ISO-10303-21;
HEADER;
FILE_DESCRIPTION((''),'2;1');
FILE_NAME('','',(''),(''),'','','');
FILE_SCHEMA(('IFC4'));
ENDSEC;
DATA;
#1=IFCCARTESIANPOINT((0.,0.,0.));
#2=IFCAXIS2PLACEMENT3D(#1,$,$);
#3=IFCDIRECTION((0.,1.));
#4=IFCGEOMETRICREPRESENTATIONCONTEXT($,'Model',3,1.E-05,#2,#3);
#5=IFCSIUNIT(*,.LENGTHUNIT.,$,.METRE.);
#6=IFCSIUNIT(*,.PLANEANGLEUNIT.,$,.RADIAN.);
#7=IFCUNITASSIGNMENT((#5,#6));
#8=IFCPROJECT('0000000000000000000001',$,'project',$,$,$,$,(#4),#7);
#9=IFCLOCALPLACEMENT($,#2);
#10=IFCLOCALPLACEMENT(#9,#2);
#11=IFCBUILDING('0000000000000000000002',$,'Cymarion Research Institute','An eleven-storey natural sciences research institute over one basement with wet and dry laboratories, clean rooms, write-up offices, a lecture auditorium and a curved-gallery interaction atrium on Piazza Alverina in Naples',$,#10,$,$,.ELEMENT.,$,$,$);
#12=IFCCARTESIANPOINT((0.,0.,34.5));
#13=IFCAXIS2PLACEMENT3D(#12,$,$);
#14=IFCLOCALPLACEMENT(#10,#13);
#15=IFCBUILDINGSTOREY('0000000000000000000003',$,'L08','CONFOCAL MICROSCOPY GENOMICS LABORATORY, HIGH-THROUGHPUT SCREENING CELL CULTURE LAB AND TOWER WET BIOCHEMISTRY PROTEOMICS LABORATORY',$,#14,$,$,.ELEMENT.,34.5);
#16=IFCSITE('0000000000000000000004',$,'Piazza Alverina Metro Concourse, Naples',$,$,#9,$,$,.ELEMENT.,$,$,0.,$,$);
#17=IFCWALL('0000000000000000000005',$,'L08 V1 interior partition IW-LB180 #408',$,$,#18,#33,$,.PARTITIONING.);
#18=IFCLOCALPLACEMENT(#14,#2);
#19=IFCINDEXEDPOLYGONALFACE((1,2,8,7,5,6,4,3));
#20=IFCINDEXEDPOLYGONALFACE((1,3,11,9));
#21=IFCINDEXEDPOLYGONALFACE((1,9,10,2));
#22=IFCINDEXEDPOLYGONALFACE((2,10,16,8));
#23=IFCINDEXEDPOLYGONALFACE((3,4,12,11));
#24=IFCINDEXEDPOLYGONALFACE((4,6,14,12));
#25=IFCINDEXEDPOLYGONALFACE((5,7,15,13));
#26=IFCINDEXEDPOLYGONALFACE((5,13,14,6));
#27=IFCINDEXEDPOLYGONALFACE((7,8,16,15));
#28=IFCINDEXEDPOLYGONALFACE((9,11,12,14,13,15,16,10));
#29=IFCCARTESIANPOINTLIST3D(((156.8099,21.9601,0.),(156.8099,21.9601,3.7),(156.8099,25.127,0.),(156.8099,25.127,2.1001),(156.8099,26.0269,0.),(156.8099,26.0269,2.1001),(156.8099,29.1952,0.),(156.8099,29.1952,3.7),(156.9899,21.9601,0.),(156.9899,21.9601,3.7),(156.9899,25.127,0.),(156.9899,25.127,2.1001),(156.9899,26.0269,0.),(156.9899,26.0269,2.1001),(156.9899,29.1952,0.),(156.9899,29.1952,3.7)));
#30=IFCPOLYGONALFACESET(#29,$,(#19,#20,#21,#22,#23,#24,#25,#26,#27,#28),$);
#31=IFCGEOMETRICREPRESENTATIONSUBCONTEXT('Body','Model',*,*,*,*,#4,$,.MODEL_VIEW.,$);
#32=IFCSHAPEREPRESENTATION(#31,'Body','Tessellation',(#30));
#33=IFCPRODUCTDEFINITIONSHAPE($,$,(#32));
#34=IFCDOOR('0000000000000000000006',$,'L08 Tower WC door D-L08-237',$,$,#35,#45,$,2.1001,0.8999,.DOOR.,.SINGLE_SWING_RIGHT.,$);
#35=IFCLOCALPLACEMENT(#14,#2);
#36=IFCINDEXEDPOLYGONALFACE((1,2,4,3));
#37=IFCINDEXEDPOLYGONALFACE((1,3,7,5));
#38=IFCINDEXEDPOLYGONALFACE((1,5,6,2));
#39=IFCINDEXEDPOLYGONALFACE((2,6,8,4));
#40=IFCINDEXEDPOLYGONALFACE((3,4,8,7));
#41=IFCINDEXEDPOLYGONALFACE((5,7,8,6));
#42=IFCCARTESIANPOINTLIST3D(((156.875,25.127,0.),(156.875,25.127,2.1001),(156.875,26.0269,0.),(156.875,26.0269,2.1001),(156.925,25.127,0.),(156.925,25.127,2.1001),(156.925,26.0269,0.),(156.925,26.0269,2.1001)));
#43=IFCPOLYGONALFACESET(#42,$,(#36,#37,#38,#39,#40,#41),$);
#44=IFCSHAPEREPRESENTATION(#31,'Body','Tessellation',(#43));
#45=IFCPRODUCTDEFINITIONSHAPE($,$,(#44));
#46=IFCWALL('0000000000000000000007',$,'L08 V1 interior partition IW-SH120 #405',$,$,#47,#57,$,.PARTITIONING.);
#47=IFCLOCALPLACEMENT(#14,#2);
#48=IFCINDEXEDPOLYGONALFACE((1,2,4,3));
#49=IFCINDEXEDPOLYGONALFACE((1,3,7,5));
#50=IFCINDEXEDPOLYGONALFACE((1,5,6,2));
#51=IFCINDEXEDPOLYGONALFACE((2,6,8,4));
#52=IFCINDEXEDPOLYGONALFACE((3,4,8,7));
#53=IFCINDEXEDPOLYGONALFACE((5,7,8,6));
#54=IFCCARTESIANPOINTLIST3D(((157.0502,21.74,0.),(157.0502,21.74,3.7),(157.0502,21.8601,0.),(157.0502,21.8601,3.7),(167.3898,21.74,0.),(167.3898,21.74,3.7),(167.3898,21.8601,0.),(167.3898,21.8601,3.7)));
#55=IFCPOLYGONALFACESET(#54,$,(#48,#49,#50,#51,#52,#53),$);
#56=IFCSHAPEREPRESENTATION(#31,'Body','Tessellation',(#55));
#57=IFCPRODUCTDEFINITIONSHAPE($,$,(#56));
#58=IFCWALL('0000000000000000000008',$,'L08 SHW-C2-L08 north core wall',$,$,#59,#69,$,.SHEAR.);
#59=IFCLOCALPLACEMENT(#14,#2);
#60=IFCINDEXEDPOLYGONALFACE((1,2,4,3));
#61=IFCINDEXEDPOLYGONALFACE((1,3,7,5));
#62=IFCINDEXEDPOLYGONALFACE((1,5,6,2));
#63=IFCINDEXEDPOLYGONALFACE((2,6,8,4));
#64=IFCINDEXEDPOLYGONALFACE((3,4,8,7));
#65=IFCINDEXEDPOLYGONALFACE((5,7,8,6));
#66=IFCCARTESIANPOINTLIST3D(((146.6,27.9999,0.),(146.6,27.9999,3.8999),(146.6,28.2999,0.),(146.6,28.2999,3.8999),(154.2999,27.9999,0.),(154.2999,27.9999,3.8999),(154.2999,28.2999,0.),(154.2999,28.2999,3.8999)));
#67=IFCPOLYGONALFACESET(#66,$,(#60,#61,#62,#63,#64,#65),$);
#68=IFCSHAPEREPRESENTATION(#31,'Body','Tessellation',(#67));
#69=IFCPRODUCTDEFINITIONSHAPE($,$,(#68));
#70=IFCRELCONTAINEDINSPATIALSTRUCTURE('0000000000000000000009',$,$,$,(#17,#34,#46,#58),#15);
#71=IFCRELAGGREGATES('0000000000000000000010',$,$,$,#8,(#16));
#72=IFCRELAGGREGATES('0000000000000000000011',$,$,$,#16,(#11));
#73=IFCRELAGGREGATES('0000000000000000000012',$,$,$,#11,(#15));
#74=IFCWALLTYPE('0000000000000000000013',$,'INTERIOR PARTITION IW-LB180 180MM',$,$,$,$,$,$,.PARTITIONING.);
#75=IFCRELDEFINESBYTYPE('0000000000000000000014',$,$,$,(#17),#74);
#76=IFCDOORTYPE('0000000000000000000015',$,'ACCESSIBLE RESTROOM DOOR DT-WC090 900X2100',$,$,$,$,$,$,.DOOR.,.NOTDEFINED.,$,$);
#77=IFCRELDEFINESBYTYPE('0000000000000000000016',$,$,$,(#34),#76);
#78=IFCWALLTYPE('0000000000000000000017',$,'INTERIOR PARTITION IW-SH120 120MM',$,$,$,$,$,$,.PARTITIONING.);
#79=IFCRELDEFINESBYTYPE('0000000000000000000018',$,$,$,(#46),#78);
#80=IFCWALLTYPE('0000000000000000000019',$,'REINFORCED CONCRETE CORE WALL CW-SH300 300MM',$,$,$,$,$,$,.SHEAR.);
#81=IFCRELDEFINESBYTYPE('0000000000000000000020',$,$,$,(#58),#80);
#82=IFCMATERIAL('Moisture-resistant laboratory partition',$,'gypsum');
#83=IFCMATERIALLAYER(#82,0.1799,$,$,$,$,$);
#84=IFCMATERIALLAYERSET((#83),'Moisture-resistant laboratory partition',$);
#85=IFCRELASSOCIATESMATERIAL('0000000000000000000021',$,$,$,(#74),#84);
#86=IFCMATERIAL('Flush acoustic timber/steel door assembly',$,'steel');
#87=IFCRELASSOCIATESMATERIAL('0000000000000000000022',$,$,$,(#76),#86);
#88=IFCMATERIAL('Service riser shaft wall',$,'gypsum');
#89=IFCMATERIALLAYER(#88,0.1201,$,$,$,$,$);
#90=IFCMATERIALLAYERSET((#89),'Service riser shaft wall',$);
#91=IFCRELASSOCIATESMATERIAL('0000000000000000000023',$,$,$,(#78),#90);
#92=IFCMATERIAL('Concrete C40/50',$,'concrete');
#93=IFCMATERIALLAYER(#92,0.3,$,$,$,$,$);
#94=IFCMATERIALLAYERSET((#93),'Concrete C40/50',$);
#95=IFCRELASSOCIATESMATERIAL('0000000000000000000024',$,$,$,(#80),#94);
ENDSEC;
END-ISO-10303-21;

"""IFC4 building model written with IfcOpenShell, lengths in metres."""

from ifc_helpers import new_model, si_unit, direction, frame, frame_2d, origin, place, context, subcontext, project, spatial, rectangle, extrude, material, layer, layer_set, type_object, element, fill, save


model = new_model("IFC4")

# Units and contexts
model_context = context("Model", 3, precision=1e-05, world=origin(), true_north=direction((0.0, 1.0)))
body_context = subcontext(model_context, "Body", "Model", "MODEL_VIEW")
ifc_project = project(units=[si_unit("LENGTHUNIT", "METRE"), si_unit("PLANEANGLEUNIT", "RADIAN")], contexts=[model_context])

# Site, building, storey
site_placement = place(None, origin())
site = spatial("IfcSite", under=ifc_project, at=site_placement, Name="Piazza Alverina Metro Concourse, Naples", CompositionType="ELEMENT", RefElevation=0.0)
building_placement = place(site_placement, origin())
building = spatial("IfcBuilding", under=site, at=building_placement, Name="Cymarion Research Institute", Description="An eleven-storey natural sciences research institute over one basement with wet and dry laboratories, clean rooms, write-up offices, a lecture auditorium and a curved-gallery interaction atrium on Piazza Alverina in Naples", CompositionType="ELEMENT")
storey_placement = place(building_placement, frame((0.0, 0.0, 34.5)))
storey = spatial("IfcBuildingStorey", under=building, at=storey_placement, Name="L08", Description="CONFOCAL MICROSCOPY GENOMICS LABORATORY, HIGH-THROUGHPUT SCREENING CELL CULTURE LAB AND TOWER WET BIOCHEMISTRY PROTEOMICS LABORATORY", CompositionType="ELEMENT", Elevation=34.5)

# Wall, opening, door
ifc_material_1 = material(Name="Moisture-resistant laboratory partition", Category="gypsum")
ifc_layer_1 = layer(ifc_material_1, 0.1799)
ifc_layer_set_1 = layer_set([ifc_layer_1], Name="Moisture-resistant laboratory partition")
wall_type_1 = type_object("IfcWallType", Name="INTERIOR PARTITION IW-LB180 180MM", PredefinedType="PARTITIONING", material=ifc_layer_set_1)
wall_1_placement = place(storey_placement, frame((156.8999, 21.96, 0.0), z_axis=(0.0, 0.0, 1.0), x_axis=(0.0, 1.0, 0.0)))
wall_1 = element("IfcWall", 1, at=wall_1_placement, inside=storey, type_object=wall_type_1, Name="L08 V1 interior partition IW-LB180 #408", PredefinedType="PARTITIONING", context=body_context, shape_type="SweptSolid", body=[
    extrude(rectangle(XDim=7.2351, YDim=0.1799, at=frame_2d((3.6177, 0.0))), origin(), (0.0, 0.0, 1.0), 3.7),
])
opening_1_placement = place(wall_1_placement, frame((3.167, 0.0, 0.0)))
opening_1 = element("IfcOpeningElement", 2, at=opening_1_placement, cuts=wall_1, PredefinedType="OPENING", context=body_context, shape_type="SweptSolid", body=[
    extrude(rectangle(XDim=0.8999, YDim=2.1001, at=frame_2d((0.45, 1.05))), frame((0.0, 0.0999, 0.0), z_axis=(0.0, -1.0, 0.0), x_axis=(1.0, 0.0, 0.0)), (0.0, 0.0, 1.0), 0.2),
])
ifc_material_2 = material(Name="Flush acoustic timber/steel door assembly", Category="steel")
door_type_1 = type_object("IfcDoorType", Name="ACCESSIBLE RESTROOM DOOR DT-WC090 900X2100", OperationType="NOTDEFINED", PredefinedType="DOOR", material=ifc_material_2)
door_1_placement = place(opening_1_placement, origin())
door_1 = element("IfcDoor", 3, at=door_1_placement, inside=storey, type_object=door_type_1, Name="L08 Tower WC door D-L08-237", OperationType="SINGLE_SWING_RIGHT", OverallHeight=2.1001, OverallWidth=0.8999, PredefinedType="DOOR", context=body_context, shape_type="SweptSolid", body=[
    extrude(rectangle(XDim=0.8999, YDim=2.1001, at=frame_2d((0.45, 1.05))), frame((0.0, 0.0249, 0.0), z_axis=(0.0, -1.0, 0.0), x_axis=(1.0, 0.0, 0.0)), (0.0, 0.0, 1.0), 0.05),
])
fill(opening_1, door_1)

# Walls
ifc_material_3 = material(Name="Service riser shaft wall", Category="gypsum")
ifc_layer_2 = layer(ifc_material_3, 0.1201)
ifc_layer_set_2 = layer_set([ifc_layer_2], Name="Service riser shaft wall")
wall_type_2 = type_object("IfcWallType", Name="INTERIOR PARTITION IW-SH120 120MM", PredefinedType="PARTITIONING", material=ifc_layer_set_2)
wall_2_placement = place(storey_placement, frame((157.05, 21.8, 0.0), z_axis=(0.0, 0.0, 1.0), x_axis=(1.0, 0.0, 0.0)))
element("IfcWall", 4, at=wall_2_placement, inside=storey, type_object=wall_type_2, Name="L08 V1 interior partition IW-SH120 #405", PredefinedType="PARTITIONING", context=body_context, shape_type="SweptSolid", body=[
    extrude(rectangle(XDim=10.3396, YDim=0.1201, at=frame_2d((5.1699, 0.0))), origin(), (0.0, 0.0, 1.0), 3.7),
])
ifc_material_4 = material(Name="Concrete C40/50", Category="concrete")
ifc_layer_3 = layer(ifc_material_4, 0.3)
ifc_layer_set_3 = layer_set([ifc_layer_3], Name="Concrete C40/50")
wall_type_3 = type_object("IfcWallType", Name="REINFORCED CONCRETE CORE WALL CW-SH300 300MM", PredefinedType="SHEAR", material=ifc_layer_set_3)
wall_3_placement = place(storey_placement, frame((154.3, 28.1499, 0.0), z_axis=(0.0, 0.0, 1.0), x_axis=(-1.0, 0.0, 0.0)))
element("IfcWall", 5, at=wall_3_placement, inside=storey, type_object=wall_type_3, Name="L08 SHW-C2-L08 north core wall", PredefinedType="SHEAR", context=body_context, shape_type="SweptSolid", body=[
    extrude(rectangle(XDim=7.7, YDim=0.3, at=frame_2d((3.8501, 0.0))), origin(), (0.0, 0.0, 1.0), 3.8999),
])

save(model, "model.ifc")
